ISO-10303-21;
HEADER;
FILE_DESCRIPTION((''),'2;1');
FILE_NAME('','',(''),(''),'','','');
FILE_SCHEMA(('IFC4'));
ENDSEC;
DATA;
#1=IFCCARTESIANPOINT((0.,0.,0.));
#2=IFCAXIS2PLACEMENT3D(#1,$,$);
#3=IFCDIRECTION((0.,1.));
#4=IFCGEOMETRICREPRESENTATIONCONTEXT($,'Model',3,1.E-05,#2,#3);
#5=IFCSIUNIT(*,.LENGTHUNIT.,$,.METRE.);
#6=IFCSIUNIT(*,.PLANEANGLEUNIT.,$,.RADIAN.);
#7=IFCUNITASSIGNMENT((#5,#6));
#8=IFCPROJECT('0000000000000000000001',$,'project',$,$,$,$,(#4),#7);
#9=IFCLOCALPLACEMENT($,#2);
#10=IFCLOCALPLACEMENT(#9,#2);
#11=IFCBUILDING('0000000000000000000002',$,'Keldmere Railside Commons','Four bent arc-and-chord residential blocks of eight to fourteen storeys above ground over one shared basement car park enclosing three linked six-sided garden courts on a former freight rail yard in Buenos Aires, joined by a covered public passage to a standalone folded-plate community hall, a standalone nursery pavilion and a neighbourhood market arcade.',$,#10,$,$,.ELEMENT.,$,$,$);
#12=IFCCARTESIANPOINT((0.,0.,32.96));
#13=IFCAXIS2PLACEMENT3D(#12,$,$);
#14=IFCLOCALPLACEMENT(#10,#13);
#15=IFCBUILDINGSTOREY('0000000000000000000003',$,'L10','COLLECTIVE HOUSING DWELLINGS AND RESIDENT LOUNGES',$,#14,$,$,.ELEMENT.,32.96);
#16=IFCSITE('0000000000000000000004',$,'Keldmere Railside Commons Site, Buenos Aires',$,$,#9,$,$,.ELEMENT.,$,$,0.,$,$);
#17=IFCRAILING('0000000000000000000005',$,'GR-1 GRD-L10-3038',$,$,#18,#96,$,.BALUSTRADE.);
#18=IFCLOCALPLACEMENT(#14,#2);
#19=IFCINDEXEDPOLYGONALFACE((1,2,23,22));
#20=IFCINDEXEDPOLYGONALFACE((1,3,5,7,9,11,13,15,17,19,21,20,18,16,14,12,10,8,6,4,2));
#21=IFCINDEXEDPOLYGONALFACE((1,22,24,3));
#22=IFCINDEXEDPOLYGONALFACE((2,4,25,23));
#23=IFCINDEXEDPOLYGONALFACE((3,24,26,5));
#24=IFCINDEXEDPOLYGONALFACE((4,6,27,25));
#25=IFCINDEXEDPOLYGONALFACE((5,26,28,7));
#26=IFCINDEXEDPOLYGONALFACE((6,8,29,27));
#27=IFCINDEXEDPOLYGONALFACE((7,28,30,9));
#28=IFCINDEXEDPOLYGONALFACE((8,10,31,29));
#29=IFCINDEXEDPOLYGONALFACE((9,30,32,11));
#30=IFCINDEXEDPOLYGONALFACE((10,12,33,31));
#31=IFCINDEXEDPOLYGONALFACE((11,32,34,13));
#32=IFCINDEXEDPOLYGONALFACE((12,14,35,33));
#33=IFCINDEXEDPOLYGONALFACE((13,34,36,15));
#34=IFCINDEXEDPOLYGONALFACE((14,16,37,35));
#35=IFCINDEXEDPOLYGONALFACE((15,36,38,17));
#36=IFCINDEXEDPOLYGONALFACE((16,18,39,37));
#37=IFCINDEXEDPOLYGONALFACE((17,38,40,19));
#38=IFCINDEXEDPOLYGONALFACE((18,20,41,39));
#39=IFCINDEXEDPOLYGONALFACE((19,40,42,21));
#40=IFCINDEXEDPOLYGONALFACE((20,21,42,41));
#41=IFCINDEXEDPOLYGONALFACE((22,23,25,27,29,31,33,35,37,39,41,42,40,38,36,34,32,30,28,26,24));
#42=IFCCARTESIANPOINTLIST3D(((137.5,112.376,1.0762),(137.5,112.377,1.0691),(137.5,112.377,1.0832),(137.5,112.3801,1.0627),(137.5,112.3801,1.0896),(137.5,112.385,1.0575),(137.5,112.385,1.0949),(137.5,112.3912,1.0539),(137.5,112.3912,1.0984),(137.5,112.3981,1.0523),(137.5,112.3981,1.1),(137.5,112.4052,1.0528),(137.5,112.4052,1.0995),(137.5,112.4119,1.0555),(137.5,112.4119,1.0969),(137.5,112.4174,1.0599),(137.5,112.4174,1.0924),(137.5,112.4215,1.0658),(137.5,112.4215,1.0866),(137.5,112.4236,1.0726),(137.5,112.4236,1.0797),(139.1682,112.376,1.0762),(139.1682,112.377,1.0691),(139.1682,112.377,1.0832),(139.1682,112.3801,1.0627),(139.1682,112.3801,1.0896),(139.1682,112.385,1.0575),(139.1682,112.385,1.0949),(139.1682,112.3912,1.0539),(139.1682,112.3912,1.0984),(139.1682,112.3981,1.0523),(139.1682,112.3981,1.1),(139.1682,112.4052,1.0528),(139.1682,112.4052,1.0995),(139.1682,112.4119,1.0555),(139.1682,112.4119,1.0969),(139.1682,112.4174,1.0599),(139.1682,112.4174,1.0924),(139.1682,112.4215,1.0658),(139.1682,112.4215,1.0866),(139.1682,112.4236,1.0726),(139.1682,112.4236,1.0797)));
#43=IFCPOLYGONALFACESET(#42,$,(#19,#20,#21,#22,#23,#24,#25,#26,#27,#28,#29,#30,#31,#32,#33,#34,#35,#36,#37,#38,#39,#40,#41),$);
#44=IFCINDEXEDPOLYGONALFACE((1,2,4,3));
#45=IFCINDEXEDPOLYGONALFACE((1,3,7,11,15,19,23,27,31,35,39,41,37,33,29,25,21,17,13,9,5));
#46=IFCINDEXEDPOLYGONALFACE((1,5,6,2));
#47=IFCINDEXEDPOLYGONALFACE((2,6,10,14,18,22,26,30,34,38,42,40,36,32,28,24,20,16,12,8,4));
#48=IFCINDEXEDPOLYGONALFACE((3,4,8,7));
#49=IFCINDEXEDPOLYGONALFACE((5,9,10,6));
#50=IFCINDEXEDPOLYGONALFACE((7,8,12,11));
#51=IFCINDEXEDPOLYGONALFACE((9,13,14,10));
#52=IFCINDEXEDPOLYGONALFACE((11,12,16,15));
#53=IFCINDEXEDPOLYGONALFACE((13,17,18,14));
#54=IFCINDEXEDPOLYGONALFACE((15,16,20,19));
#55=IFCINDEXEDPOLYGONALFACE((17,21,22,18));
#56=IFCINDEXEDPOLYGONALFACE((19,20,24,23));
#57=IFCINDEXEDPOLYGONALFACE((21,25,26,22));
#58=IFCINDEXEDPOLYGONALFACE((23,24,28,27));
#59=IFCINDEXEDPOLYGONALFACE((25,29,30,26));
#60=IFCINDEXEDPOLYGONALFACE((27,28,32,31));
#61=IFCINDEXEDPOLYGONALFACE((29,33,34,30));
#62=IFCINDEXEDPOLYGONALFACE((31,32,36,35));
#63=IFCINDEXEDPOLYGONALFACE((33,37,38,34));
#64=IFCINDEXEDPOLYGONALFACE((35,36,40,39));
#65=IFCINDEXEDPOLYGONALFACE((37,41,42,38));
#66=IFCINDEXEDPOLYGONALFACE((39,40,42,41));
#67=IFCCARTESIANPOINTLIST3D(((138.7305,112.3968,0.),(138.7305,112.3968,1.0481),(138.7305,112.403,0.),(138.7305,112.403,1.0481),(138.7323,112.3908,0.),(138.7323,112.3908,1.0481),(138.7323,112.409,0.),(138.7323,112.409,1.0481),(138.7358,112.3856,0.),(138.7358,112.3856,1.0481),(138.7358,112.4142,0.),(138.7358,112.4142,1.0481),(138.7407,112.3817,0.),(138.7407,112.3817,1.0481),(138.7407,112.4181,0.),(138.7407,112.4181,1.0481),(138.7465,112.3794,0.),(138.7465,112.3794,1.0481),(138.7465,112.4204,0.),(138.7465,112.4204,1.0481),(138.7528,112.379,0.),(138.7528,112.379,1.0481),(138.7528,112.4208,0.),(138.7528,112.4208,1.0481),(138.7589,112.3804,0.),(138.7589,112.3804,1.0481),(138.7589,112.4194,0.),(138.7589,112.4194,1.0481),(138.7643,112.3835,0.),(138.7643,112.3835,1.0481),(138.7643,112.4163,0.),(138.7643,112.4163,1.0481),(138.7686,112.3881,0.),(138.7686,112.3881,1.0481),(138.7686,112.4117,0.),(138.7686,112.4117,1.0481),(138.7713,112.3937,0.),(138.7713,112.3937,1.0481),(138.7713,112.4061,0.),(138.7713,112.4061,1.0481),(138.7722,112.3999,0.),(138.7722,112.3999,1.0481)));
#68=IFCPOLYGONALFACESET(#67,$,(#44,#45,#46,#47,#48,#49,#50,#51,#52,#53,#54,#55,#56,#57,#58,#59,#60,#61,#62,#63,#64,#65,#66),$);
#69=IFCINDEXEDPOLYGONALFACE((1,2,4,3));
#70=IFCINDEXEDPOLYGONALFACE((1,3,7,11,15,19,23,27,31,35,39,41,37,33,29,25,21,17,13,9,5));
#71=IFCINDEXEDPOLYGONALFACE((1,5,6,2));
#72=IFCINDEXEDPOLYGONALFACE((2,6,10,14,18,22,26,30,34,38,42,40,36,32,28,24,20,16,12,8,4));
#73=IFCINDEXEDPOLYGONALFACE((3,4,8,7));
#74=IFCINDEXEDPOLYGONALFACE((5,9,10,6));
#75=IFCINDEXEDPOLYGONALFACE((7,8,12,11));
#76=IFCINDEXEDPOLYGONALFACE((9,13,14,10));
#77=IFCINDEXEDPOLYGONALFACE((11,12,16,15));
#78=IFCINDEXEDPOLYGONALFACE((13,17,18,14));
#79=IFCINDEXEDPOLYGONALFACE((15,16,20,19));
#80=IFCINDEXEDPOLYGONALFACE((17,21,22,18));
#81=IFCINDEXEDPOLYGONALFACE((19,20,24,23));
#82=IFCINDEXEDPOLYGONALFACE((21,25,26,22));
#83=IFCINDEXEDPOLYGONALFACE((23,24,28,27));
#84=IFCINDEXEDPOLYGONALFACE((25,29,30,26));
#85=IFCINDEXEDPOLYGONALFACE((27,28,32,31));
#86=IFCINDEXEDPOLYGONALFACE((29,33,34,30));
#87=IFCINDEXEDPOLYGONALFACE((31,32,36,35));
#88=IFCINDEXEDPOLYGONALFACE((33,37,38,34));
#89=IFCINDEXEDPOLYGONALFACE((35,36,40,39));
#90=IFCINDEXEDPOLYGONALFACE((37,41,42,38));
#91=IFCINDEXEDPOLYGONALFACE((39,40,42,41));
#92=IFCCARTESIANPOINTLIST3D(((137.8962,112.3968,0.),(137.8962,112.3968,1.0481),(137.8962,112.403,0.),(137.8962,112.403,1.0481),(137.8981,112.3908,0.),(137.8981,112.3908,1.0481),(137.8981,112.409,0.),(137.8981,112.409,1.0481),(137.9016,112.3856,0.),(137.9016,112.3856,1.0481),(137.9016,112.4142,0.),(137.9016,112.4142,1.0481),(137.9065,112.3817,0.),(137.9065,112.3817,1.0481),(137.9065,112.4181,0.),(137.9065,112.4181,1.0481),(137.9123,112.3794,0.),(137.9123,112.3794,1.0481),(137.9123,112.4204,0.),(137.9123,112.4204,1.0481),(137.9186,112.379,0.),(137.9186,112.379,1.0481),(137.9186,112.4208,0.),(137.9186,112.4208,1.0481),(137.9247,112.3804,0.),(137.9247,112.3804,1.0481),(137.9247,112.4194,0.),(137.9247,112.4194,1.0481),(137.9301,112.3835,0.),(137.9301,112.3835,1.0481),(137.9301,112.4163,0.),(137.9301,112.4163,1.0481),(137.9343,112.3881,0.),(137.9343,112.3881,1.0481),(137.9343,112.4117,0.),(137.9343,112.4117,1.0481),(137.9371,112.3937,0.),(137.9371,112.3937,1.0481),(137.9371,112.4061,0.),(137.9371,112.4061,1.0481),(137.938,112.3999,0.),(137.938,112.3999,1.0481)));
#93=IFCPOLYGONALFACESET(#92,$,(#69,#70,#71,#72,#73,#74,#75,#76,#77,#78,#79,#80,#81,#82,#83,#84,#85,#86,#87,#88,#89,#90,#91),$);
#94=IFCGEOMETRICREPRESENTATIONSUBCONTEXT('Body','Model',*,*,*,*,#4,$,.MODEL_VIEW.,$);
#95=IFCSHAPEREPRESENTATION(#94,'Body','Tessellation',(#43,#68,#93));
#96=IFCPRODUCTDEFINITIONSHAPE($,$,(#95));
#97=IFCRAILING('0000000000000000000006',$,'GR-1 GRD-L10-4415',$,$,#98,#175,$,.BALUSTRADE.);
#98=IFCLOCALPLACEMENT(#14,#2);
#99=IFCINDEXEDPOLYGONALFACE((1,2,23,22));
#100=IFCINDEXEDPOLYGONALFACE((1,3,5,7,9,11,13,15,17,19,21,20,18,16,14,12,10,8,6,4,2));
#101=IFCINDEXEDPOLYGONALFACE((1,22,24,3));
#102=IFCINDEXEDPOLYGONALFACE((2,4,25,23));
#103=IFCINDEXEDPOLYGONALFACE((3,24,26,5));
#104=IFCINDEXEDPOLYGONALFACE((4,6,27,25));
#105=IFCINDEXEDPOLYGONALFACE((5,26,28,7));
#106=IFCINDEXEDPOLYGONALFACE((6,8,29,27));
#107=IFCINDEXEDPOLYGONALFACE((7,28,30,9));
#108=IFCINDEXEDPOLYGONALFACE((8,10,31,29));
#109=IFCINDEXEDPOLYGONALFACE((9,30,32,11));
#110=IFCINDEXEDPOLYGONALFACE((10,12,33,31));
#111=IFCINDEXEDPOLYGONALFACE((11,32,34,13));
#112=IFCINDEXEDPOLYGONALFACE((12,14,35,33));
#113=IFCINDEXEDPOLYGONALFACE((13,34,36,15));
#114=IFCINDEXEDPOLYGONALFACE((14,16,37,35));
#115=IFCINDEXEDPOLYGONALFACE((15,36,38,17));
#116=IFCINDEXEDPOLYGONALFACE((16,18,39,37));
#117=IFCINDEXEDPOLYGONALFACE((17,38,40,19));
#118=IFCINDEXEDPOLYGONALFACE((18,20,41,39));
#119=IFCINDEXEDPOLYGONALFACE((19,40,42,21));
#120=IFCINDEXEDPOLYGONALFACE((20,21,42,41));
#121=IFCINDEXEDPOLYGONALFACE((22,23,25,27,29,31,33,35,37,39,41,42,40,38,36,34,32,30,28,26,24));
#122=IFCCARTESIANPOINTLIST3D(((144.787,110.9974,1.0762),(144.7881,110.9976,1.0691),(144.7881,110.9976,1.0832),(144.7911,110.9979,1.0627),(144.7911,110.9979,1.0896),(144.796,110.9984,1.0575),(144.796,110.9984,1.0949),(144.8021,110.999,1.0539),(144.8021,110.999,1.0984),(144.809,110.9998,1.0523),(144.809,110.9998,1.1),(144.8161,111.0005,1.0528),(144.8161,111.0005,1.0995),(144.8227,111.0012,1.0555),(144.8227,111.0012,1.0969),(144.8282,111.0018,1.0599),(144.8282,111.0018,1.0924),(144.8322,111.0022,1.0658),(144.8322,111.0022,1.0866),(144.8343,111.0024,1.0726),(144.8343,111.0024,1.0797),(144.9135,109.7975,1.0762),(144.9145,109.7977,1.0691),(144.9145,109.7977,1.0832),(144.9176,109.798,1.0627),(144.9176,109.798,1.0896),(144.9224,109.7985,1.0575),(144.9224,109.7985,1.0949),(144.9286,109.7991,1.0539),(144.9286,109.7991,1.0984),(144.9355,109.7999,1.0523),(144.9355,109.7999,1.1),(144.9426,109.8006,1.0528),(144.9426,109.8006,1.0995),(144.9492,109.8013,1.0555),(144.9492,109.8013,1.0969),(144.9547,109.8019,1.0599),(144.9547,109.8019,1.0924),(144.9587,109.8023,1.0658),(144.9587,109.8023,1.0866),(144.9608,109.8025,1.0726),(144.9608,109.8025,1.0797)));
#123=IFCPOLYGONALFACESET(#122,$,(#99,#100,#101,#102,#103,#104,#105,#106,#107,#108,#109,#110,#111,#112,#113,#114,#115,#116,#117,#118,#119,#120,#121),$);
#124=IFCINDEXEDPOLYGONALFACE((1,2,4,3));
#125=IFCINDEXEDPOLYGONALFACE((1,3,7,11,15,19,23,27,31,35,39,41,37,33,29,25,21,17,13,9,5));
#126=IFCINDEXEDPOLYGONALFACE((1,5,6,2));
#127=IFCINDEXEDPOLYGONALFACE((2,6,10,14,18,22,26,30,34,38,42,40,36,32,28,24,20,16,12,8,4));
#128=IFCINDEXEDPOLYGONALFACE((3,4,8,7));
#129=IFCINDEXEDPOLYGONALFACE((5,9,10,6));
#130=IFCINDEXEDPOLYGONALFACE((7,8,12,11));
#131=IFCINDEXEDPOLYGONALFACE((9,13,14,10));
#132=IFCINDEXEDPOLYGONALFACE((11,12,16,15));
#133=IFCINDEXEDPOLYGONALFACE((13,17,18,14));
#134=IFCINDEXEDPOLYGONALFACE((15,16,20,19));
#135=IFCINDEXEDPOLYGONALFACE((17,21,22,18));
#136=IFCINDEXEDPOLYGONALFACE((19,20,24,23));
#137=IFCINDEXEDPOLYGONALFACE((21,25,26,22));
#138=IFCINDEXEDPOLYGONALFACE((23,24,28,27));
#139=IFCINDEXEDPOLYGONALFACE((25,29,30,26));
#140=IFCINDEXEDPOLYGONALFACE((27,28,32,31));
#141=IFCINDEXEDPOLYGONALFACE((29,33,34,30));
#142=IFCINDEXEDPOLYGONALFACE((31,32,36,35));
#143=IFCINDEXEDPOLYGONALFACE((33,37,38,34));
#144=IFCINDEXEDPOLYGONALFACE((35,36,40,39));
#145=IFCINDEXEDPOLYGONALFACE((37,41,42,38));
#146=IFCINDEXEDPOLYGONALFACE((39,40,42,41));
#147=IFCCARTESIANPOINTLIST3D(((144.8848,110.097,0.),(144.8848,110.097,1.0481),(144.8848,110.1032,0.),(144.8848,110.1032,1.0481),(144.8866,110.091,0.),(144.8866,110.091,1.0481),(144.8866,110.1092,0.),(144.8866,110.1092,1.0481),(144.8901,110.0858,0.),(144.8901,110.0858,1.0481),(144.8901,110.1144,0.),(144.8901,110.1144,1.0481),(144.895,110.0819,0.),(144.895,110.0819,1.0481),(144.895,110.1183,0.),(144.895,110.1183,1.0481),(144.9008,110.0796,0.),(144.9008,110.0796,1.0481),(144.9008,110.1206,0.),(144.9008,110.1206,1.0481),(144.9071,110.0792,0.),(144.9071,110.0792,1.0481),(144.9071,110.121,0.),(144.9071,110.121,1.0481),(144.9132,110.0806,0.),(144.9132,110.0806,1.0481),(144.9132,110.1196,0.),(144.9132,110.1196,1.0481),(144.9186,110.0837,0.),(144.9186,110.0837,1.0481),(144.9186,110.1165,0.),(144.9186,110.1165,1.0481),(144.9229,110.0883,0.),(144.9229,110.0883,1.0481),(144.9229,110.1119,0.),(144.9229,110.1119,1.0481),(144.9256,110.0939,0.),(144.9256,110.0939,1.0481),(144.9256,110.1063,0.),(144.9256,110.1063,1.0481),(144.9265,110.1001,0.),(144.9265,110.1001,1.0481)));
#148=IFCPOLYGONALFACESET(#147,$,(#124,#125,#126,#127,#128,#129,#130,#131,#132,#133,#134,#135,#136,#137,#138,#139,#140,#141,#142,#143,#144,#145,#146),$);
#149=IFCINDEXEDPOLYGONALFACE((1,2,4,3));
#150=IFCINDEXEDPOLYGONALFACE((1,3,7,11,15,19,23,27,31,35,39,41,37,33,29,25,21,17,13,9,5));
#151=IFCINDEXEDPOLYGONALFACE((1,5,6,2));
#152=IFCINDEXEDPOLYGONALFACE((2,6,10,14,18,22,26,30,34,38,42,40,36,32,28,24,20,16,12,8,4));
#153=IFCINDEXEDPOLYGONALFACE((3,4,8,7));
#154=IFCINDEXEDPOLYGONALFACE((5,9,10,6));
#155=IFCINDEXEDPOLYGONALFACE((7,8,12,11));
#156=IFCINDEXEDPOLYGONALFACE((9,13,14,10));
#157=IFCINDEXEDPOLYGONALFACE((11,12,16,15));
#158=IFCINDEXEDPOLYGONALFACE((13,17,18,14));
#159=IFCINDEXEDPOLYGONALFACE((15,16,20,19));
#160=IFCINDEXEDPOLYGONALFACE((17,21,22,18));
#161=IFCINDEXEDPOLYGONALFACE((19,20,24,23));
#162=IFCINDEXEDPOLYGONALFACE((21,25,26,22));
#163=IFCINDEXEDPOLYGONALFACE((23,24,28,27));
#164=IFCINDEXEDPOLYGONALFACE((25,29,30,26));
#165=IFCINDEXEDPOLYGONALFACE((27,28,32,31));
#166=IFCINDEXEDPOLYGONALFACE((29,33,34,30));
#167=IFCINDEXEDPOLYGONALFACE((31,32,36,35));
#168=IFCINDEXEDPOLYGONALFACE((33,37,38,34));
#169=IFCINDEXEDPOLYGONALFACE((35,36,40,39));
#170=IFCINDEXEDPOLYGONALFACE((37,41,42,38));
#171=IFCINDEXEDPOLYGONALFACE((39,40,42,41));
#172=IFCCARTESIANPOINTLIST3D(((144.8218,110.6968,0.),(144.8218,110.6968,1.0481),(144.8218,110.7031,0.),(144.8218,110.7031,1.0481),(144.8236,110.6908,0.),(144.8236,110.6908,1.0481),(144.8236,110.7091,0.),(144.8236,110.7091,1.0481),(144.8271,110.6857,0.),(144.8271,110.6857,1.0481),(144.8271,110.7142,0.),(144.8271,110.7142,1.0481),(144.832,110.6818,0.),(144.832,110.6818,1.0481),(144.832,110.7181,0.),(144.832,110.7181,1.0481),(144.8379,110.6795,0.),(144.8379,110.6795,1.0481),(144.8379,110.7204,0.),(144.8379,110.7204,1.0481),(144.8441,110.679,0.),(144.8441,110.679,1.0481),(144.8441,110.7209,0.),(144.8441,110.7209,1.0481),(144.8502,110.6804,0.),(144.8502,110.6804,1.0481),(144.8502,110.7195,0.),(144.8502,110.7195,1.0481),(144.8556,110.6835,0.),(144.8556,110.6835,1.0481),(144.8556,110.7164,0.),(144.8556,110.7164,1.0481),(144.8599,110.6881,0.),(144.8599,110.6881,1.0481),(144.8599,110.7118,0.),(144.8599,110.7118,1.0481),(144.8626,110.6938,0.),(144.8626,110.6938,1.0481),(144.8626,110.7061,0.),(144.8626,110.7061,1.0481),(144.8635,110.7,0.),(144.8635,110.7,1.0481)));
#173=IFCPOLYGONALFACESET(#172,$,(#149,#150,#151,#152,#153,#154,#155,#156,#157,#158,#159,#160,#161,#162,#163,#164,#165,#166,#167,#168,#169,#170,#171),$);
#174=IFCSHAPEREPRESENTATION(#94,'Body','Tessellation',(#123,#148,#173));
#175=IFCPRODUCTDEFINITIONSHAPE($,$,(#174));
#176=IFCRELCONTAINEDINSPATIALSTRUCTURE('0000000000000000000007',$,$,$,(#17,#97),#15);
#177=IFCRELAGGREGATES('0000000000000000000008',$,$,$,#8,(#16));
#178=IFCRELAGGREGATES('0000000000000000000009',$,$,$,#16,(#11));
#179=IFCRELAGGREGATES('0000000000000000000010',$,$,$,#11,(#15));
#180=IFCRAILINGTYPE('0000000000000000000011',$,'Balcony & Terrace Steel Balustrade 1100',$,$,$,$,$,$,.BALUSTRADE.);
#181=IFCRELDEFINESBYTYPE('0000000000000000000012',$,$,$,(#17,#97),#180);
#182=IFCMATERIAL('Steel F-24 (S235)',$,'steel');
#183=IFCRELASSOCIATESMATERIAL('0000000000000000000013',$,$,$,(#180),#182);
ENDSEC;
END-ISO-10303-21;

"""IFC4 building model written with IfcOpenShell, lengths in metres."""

from ifc_helpers import new_model, si_unit, direction, frame, origin, origin_2d, place, context, subcontext, project, spatial, circle, extrude, material, type_object, element, save


model = new_model("IFC4")

# Units and contexts
model_context = context("Model", 3, precision=1e-05, world=origin(), true_north=direction((0.0, 1.0)))
body_context = subcontext(model_context, "Body", "Model", "MODEL_VIEW")
ifc_project = project(units=[si_unit("LENGTHUNIT", "METRE"), si_unit("PLANEANGLEUNIT", "RADIAN")], contexts=[model_context])

# Site, building, storey
site_placement = place(None, origin())
site = spatial("IfcSite", under=ifc_project, at=site_placement, Name="Keldmere Railside Commons Site, Buenos Aires", CompositionType="ELEMENT", RefElevation=0.0)
building_placement = place(site_placement, origin())
building = spatial("IfcBuilding", under=site, at=building_placement, Name="Keldmere Railside Commons", Description="Four bent arc-and-chord residential blocks of eight to fourteen storeys above ground over one shared basement car park enclosing three linked six-sided garden courts on a former freight rail yard in Buenos Aires, joined by a covered public passage to a standalone folded-plate community hall, a standalone nursery pavilion and a neighbourhood market arcade.", CompositionType="ELEMENT")
storey_placement = place(building_placement, frame((0.0, 0.0, 32.96)))
storey = spatial("IfcBuildingStorey", under=building, at=storey_placement, Name="L10", Description="COLLECTIVE HOUSING DWELLINGS AND RESIDENT LOUNGES", CompositionType="ELEMENT", Elevation=32.96)

# Railings
ifc_material_1 = material(Name="Steel F-24 (S235)", Category="steel")
railing_type = type_object("IfcRailingType", Name="Balcony & Terrace Steel Balustrade 1100", PredefinedType="BALUSTRADE", material=ifc_material_1)
railing_1_placement = place(storey_placement, frame((139.1682, 112.3999, 0.0)))
element("IfcRailing", 1, at=railing_1_placement, inside=storey, type_object=railing_type, Name="GR-1 GRD-L10-3038", PredefinedType="BALUSTRADE", context=body_context, shape_type="SweptSolid", body=[
    extrude(circle(Radius=0.0239, at=origin_2d()), frame((0.0, 0.0, 1.0762), z_axis=(-1.0, 0.0, 0.0), x_axis=(0.0, -1.0, 0.0)), (0.0, 0.0, 1.0), 1.6682),
    extrude(circle(Radius=0.021, at=origin_2d()), frame((-0.417, 0.0, 0.0)), (0.0, 0.0, 1.0), 1.0481),
    extrude(circle(Radius=0.021, at=origin_2d()), frame((-1.2512, 0.0, 0.0)), (0.0, 0.0, 1.0), 1.0481),
])
railing_2_placement = place(storey_placement, frame((144.9373, 109.8, 0.0)))
element("IfcRailing", 2, at=railing_2_placement, inside=storey, type_object=railing_type, Name="GR-1 GRD-L10-4415", PredefinedType="BALUSTRADE", context=body_context, shape_type="SweptSolid", body=[
    extrude(circle(Radius=0.0239, at=origin_2d()), frame((0.0, 0.0, 1.0762), z_axis=(-0.104811, 0.994492, 0.0), x_axis=(-0.994492, -0.104811, 0.0)), (0.0, 0.0, 1.0), 1.2065),
    extrude(circle(Radius=0.021, at=origin_2d()), frame((-0.0317, 0.3, 0.0)), (0.0, 0.0, 1.0), 1.0481),
    extrude(circle(Radius=0.021, at=origin_2d()), frame((-0.0947, 0.8999, 0.0)), (0.0, 0.0, 1.0), 1.0481),
])

save(model, "model.ifc")
